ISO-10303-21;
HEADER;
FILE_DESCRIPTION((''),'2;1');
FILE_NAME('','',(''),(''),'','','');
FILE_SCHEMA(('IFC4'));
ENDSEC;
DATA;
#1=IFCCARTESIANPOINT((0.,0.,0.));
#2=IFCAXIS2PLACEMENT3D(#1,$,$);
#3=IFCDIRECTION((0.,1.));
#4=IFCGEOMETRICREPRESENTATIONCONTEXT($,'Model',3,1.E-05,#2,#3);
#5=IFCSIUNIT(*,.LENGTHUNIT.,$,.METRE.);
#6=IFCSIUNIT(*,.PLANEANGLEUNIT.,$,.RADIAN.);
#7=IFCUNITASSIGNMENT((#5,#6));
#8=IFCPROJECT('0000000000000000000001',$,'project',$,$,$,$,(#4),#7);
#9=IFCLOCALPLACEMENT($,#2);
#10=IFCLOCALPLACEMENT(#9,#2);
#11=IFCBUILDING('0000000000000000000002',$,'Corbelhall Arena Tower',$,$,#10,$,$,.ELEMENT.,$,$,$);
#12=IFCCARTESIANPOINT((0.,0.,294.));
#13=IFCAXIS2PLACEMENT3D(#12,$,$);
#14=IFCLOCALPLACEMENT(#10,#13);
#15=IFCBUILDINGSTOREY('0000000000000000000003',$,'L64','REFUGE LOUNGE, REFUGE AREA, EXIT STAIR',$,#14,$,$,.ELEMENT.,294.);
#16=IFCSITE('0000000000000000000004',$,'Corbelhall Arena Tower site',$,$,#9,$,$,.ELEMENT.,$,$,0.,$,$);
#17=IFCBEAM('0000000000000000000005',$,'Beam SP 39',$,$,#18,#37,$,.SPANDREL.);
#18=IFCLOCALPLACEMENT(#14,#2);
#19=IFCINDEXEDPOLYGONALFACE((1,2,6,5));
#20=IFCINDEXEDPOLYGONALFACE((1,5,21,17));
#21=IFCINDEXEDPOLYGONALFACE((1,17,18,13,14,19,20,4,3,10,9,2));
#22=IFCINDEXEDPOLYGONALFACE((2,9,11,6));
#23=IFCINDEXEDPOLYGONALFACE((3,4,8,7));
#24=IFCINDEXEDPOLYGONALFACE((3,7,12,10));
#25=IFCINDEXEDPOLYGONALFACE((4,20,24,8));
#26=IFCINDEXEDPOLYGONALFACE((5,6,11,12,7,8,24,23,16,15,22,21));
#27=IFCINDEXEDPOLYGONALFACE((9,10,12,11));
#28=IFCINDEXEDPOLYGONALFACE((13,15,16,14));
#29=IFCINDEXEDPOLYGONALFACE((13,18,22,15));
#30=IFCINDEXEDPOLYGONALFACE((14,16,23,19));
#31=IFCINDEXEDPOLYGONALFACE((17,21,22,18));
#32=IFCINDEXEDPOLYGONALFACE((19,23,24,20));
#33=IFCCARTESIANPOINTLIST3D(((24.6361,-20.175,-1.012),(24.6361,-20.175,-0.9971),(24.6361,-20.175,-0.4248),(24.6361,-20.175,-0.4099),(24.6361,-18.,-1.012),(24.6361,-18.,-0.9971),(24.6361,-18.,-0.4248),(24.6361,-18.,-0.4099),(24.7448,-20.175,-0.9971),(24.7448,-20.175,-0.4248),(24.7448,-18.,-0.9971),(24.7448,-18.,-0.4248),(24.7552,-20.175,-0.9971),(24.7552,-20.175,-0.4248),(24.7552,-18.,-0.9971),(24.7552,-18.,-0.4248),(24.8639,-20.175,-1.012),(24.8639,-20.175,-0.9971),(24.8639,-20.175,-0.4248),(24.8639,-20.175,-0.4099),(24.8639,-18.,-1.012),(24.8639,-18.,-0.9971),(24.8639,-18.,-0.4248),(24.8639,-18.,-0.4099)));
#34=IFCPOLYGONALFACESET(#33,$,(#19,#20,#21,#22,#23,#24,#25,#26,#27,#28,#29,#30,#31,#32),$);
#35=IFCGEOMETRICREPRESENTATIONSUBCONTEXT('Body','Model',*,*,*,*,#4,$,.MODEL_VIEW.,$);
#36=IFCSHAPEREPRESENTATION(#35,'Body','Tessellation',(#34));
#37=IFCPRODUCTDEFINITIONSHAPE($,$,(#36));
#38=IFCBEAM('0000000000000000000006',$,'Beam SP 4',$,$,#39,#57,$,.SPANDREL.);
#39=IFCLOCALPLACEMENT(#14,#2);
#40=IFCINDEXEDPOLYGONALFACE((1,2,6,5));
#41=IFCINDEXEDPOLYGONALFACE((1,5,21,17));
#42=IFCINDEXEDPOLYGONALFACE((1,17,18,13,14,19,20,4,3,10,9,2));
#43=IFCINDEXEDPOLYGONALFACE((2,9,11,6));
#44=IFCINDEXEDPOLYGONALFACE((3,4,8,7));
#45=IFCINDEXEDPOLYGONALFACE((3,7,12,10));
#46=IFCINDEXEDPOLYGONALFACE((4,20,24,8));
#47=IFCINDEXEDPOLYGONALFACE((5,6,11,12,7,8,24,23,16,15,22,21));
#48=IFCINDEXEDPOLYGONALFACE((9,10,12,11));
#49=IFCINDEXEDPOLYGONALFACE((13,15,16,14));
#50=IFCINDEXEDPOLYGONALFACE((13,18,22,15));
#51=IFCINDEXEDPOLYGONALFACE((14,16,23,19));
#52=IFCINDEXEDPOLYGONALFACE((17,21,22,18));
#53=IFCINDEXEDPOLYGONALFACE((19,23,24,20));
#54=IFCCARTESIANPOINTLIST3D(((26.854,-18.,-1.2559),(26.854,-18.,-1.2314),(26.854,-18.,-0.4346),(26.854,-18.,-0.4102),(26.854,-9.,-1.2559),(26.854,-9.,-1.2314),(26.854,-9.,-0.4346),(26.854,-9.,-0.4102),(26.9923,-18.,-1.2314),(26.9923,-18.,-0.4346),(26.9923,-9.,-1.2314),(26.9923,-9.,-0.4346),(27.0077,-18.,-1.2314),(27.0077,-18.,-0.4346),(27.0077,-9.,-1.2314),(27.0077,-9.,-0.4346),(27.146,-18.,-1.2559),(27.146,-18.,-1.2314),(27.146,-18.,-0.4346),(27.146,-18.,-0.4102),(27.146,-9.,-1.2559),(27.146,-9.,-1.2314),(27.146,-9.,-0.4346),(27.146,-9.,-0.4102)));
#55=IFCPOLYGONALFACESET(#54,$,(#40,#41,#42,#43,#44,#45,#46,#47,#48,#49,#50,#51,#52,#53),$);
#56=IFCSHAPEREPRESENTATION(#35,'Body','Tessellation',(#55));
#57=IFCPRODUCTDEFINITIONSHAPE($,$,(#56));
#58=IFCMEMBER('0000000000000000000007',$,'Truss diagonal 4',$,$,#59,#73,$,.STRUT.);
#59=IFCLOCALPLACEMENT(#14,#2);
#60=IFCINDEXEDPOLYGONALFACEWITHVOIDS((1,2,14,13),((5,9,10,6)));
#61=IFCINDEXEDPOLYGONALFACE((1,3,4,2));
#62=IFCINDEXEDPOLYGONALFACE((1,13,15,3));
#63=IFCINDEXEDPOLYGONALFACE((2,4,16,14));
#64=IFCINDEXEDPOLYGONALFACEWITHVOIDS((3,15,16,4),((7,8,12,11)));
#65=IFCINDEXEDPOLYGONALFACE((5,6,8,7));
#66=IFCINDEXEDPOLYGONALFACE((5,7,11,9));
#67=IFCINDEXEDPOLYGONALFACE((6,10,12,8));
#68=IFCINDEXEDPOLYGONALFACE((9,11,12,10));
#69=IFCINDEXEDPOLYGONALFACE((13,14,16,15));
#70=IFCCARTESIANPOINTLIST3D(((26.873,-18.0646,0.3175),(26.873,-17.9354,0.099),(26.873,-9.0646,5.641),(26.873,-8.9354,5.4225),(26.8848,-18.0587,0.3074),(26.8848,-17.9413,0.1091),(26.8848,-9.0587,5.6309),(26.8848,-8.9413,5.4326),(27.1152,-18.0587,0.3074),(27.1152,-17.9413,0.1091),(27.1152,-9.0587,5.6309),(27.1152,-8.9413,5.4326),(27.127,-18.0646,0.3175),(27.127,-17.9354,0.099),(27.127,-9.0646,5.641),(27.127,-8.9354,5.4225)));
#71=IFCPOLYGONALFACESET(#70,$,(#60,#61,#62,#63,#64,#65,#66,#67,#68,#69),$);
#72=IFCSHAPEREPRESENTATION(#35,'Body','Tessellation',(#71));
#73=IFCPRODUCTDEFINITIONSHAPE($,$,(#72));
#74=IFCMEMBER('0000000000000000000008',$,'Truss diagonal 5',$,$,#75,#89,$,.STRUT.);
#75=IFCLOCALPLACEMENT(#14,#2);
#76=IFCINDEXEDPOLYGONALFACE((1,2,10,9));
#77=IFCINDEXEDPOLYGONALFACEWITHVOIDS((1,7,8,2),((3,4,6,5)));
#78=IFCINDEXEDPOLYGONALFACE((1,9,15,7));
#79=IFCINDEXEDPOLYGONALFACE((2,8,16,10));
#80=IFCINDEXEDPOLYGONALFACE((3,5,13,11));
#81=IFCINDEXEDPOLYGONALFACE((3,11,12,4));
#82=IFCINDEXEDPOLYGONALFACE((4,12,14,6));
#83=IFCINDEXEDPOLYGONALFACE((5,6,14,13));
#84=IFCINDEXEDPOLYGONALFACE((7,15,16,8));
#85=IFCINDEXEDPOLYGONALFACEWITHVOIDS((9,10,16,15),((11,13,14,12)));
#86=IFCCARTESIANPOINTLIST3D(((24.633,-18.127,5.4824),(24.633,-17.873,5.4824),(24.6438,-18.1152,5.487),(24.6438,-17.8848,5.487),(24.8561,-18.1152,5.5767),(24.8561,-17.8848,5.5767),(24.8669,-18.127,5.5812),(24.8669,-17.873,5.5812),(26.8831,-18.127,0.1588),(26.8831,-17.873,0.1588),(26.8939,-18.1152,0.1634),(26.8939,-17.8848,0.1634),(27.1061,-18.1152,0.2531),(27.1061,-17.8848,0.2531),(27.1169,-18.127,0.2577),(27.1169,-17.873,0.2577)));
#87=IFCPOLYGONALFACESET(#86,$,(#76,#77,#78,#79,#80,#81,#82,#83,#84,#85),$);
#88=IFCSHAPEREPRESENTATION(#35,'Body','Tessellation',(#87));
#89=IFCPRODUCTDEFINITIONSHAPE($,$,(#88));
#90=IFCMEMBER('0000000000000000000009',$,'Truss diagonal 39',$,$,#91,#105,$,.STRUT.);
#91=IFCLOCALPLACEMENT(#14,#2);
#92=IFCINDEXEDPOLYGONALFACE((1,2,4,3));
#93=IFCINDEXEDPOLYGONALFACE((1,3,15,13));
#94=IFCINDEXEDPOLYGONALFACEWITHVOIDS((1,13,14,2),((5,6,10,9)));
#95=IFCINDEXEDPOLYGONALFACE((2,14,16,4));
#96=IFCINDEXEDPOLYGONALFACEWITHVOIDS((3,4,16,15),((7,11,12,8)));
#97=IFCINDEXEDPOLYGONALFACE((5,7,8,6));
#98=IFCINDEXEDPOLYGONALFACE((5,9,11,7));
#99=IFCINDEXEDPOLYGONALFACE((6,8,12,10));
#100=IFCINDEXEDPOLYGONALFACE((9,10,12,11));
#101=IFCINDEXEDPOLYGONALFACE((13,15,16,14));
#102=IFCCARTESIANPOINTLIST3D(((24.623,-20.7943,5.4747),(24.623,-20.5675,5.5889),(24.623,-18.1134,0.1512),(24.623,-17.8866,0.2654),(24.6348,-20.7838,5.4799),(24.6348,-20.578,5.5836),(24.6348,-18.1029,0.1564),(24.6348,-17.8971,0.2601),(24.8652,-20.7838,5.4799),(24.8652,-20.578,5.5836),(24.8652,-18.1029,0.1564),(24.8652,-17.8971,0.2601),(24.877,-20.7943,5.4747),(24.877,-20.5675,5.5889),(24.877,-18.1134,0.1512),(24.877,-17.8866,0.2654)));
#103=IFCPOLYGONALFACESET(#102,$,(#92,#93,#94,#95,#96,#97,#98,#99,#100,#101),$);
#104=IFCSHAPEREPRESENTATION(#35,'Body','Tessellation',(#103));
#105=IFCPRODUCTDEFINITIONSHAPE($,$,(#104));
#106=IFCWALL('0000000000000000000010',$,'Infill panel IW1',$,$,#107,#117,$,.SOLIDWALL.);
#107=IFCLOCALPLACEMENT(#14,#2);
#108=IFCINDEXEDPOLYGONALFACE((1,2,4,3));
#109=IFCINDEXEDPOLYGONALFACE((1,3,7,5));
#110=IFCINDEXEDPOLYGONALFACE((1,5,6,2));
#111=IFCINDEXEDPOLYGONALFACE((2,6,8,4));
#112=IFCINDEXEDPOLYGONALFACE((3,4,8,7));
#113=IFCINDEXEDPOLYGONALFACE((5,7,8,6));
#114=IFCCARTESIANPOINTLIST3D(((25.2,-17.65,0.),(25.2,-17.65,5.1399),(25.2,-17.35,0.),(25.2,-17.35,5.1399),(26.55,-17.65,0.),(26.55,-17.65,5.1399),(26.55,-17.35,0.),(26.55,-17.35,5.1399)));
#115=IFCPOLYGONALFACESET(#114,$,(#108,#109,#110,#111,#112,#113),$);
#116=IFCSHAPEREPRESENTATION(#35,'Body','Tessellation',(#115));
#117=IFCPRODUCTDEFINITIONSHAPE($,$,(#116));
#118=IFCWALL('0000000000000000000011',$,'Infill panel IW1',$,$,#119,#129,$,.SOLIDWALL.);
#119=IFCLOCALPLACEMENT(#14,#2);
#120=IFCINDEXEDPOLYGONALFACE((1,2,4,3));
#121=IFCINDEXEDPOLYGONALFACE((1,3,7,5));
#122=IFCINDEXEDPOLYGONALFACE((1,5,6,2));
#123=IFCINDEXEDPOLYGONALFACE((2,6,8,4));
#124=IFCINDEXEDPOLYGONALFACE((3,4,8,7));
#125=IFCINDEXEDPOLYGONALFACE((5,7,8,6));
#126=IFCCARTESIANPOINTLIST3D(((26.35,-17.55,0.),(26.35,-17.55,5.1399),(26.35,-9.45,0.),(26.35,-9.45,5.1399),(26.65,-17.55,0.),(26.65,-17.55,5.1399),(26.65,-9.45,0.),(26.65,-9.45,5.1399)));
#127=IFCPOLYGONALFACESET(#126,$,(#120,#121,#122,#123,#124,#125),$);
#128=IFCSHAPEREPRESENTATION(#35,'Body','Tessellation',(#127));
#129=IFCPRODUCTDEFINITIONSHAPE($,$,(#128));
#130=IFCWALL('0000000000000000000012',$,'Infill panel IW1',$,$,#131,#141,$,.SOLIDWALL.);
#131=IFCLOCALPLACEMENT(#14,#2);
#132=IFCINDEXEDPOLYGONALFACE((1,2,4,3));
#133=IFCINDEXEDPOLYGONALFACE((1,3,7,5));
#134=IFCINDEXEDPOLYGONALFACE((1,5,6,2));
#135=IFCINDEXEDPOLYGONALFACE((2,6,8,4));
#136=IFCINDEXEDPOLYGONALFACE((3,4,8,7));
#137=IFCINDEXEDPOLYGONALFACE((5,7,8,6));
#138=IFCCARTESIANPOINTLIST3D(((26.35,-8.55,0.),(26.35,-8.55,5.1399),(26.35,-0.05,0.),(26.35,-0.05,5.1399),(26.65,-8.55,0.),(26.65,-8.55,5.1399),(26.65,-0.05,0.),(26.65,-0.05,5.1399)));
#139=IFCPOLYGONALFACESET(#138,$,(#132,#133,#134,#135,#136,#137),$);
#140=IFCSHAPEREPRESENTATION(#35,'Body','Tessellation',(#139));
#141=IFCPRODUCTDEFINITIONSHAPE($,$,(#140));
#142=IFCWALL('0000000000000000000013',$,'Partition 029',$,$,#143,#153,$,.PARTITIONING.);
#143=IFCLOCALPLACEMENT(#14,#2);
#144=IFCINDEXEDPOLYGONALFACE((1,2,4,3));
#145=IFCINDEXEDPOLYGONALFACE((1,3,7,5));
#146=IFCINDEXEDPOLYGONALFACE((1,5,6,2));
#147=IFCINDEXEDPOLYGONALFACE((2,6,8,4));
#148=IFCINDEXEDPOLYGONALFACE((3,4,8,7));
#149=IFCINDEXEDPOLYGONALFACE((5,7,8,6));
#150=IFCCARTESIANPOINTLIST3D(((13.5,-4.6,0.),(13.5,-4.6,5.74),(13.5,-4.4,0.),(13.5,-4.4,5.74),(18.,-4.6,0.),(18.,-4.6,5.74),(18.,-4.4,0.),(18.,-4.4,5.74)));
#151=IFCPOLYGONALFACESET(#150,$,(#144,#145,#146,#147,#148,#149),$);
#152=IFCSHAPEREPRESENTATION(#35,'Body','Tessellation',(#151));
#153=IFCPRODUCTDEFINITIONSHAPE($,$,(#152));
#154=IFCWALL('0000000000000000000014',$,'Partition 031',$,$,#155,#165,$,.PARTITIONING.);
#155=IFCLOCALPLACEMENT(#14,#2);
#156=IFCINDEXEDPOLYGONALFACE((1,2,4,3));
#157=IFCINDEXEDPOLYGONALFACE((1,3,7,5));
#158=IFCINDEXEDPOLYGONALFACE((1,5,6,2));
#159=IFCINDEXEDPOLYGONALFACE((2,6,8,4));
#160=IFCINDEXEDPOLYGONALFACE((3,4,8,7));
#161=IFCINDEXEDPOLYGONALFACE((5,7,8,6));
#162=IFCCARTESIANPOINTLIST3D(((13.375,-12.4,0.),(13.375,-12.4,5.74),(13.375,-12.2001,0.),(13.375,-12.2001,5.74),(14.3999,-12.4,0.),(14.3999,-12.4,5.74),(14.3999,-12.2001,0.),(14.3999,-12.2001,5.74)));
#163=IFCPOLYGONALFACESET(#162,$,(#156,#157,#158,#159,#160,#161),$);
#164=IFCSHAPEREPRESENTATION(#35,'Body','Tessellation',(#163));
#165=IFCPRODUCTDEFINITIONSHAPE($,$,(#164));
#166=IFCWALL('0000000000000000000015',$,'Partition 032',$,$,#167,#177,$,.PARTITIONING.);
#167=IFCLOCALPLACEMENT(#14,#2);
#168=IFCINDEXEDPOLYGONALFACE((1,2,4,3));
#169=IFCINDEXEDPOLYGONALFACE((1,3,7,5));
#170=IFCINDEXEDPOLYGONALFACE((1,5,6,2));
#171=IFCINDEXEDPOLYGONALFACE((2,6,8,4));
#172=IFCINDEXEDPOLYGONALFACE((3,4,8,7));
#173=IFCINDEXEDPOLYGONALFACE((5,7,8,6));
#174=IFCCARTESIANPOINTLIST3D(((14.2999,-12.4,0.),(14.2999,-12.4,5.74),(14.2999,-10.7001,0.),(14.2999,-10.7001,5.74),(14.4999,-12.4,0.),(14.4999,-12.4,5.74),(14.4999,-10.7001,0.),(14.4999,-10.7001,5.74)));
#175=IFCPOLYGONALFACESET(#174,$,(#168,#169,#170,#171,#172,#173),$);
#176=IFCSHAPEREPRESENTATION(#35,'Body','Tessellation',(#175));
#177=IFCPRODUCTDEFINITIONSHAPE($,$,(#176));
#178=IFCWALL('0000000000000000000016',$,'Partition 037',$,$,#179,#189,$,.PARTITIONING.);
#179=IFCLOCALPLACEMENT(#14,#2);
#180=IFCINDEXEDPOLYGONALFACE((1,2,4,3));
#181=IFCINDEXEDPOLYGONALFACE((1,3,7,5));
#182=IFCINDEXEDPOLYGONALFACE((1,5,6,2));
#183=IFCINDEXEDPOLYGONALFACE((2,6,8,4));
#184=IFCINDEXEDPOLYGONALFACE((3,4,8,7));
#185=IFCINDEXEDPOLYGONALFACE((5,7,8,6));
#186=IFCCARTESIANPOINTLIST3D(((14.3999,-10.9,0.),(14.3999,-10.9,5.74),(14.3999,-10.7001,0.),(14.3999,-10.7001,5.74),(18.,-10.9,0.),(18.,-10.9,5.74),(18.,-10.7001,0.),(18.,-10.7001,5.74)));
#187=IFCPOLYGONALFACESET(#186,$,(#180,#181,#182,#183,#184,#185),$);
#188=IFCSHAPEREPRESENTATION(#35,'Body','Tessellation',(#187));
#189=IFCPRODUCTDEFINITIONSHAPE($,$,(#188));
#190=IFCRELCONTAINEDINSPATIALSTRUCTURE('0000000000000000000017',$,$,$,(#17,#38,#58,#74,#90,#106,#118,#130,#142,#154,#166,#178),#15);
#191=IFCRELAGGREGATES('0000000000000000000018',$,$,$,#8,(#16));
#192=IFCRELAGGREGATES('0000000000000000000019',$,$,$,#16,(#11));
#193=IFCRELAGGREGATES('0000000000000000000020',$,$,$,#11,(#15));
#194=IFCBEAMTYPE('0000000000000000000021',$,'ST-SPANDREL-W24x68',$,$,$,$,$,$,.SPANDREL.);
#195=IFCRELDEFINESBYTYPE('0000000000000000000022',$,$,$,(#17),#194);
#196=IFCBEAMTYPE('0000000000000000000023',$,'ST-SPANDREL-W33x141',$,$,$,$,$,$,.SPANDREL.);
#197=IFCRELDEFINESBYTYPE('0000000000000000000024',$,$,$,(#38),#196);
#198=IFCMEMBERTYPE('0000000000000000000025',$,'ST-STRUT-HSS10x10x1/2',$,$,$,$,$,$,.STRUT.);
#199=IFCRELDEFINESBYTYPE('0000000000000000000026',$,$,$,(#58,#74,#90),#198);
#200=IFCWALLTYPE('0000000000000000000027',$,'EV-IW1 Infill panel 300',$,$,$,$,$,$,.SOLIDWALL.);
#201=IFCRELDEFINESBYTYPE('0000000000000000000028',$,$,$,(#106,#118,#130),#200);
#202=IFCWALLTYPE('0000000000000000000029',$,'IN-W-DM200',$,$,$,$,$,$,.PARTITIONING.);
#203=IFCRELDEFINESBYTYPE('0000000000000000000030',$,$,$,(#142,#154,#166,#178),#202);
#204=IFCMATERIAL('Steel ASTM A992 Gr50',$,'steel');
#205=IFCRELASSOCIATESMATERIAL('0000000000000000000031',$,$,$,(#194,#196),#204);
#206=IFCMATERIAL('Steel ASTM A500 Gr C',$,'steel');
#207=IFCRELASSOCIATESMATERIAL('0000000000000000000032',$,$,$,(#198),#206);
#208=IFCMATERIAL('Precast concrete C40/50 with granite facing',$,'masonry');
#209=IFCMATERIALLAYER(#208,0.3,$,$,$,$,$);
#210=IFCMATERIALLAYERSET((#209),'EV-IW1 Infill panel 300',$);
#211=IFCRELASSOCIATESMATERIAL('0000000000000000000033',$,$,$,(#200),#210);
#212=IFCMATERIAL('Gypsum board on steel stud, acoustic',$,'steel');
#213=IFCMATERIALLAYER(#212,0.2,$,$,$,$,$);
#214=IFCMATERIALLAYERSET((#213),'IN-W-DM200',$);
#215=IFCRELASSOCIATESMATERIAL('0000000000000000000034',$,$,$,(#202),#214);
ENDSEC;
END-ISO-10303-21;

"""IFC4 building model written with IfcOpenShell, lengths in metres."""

from ifc_helpers import new_model, si_unit, direction, frame, frame_2d, origin, origin_2d, place, context, subcontext, project, spatial, rectangle, hollow_rectangle, i_section, extrude, material, layer, layer_set, material_profile, profile_set, type_object, element, save


model = new_model("IFC4")

# Units and contexts
model_context = context("Model", 3, precision=1e-05, world=origin(), true_north=direction((0.0, 1.0)))
body_context = subcontext(model_context, "Body", "Model", "MODEL_VIEW")
ifc_project = project(units=[si_unit("LENGTHUNIT", "METRE"), si_unit("PLANEANGLEUNIT", "RADIAN")], contexts=[model_context])

# Site, building, storey
site_placement = place(None, origin())
site = spatial("IfcSite", under=ifc_project, at=site_placement, Name="Corbelhall Arena Tower site", CompositionType="ELEMENT", RefElevation=0.0)
building_placement = place(site_placement, origin())
building = spatial("IfcBuilding", under=site, at=building_placement, Name="Corbelhall Arena Tower", CompositionType="ELEMENT")
storey_placement = place(building_placement, frame((0.0, 0.0, 294.0)))
storey = spatial("IfcBuildingStorey", under=building, at=storey_placement, Name="L64", Description="REFUGE LOUNGE, REFUGE AREA, EXIT STAIR", CompositionType="ELEMENT", Elevation=294.0)

# Shared definitions
ifc_material_1 = material(Name="Steel ASTM A992 Gr50", Category="steel")

# Beams
ifc_material_profile_1 = material_profile(ifc_material_1, i_section(OverallWidth=0.2278, OverallDepth=0.6021, WebThickness=0.0105, FlangeThickness=0.0149, at=origin_2d()))
ifc_profile_set_1 = profile_set([ifc_material_profile_1], Name="Steel ASTM A992 Gr50")
beam_type_1 = type_object("IfcBeamType", Name="ST-SPANDREL-W24x68", PredefinedType="SPANDREL", material=ifc_profile_set_1)
beam_1_placement = place(storey_placement, frame((24.75, -18.0, -0.7109), z_axis=(0.0, -1.0, 0.0), x_axis=(1.0, 0.0, 0.0)))
element("IfcBeam", 1, at=beam_1_placement, inside=storey, type_object=beam_type_1, Name="Beam SP 39", PredefinedType="SPANDREL", context=body_context, shape_type="SweptSolid", body=[
    extrude(i_section(OverallWidth=0.2278, OverallDepth=0.6021, WebThickness=0.0105, FlangeThickness=0.0149, at=origin_2d()), origin(), (0.0, 0.0, 1.0), 2.175),
])
ifc_material_profile_2 = material_profile(ifc_material_1, i_section(OverallWidth=0.292, OverallDepth=0.8457, WebThickness=0.0154, FlangeThickness=0.0244, at=origin_2d()))
ifc_profile_set_2 = profile_set([ifc_material_profile_2], Name="Steel ASTM A992 Gr50")
beam_type_2 = type_object("IfcBeamType", Name="ST-SPANDREL-W33x141", PredefinedType="SPANDREL", material=ifc_profile_set_2)
beam_2_placement = place(storey_placement, frame((27.0, -9.0, -0.833), z_axis=(0.0, -1.0, 0.0), x_axis=(1.0, 0.0, 0.0)))
element("IfcBeam", 2, at=beam_2_placement, inside=storey, type_object=beam_type_2, Name="Beam SP 4", PredefinedType="SPANDREL", context=body_context, shape_type="SweptSolid", body=[
    extrude(i_section(OverallWidth=0.292, OverallDepth=0.8457, WebThickness=0.0154, FlangeThickness=0.0244, at=origin_2d()), origin(), (0.0, 0.0, 1.0), 9.0),
])

# Members
ifc_material_2 = material(Name="Steel ASTM A500 Gr C", Category="steel")
ifc_material_profile_3 = material_profile(ifc_material_2, hollow_rectangle(XDim=0.2539, YDim=0.2539, WallThickness=0.0117, at=origin_2d()))
ifc_profile_set_3 = profile_set([ifc_material_profile_3], Name="Steel ASTM A500 Gr C")
member_type_1 = type_object("IfcMemberType", Name="ST-STRUT-HSS10x10x1/2", PredefinedType="STRUT", material=ifc_profile_set_3)
member_1_placement = place(storey_placement, frame((27.0, -18.0, 0.2083), z_axis=(0.0, 0.860704, 0.509105), x_axis=(-1.0, 0.0, 0.0)))
element("IfcMember", 3, at=member_1_placement, inside=storey, type_object=member_type_1, Name="Truss diagonal 4", PredefinedType="STRUT", context=body_context, shape_type="SweptSolid", body=[
    extrude(hollow_rectangle(XDim=0.2539, YDim=0.2539, WallThickness=0.0117, at=origin_2d()), origin(), (0.0, 0.0, 1.0), 10.4565),
])
member_2_placement = place(storey_placement, frame((27.0, -18.0, 0.2083), z_axis=(-0.389311, 0.0, 0.921107), x_axis=(0.0, -1.0, 0.0)))
element("IfcMember", 4, at=member_2_placement, inside=storey, type_object=member_type_1, Name="Truss diagonal 5", PredefinedType="STRUT", context=body_context, shape_type="SweptSolid", body=[
    extrude(hollow_rectangle(XDim=0.2539, YDim=0.2539, WallThickness=0.0117, at=origin_2d()), origin(), (0.0, 0.0, 1.0), 5.7795),
])
member_3_placement = place(storey_placement, frame((24.75, -18.0, 0.2083), z_axis=(0.0, -0.449784, 0.893137), x_axis=(1.0, 0.0, 0.0)))
element("IfcMember", 5, at=member_3_placement, inside=storey, type_object=member_type_1, Name="Truss diagonal 39", PredefinedType="STRUT", context=body_context, shape_type="SweptSolid", body=[
    extrude(hollow_rectangle(XDim=0.2539, YDim=0.2539, WallThickness=0.0117, at=origin_2d()), origin(), (0.0, 0.0, 1.0), 5.9604),
])

# Walls
ifc_material_3 = material(Name="Precast concrete C40/50 with granite facing", Category="masonry")
ifc_layer_1 = layer(ifc_material_3, 0.3)
ifc_layer_set_1 = layer_set([ifc_layer_1], Name="EV-IW1 Infill panel 300")
wall_type_1 = type_object("IfcWallType", Name="EV-IW1 Infill panel 300", PredefinedType="SOLIDWALL", material=ifc_layer_set_1)
wall_1_placement = place(storey_placement, frame((25.2, -17.5, 0.0), z_axis=(0.0, 0.0, 1.0), x_axis=(1.0, 0.0, 0.0)))
element("IfcWall", 6, at=wall_1_placement, inside=storey, type_object=wall_type_1, Name="Infill panel IW1", PredefinedType="SOLIDWALL", context=body_context, shape_type="SweptSolid", body=[
    extrude(rectangle(XDim=1.3501, YDim=0.3, at=frame_2d((0.675, 0.0))), origin(), (0.0, 0.0, 1.0), 5.1399),
])
wall_2_placement = place(storey_placement, frame((26.5, -17.55, 0.0), z_axis=(0.0, 0.0, 1.0), x_axis=(0.0, 1.0, 0.0)))
element("IfcWall", 7, at=wall_2_placement, inside=storey, type_object=wall_type_1, Name="Infill panel IW1", PredefinedType="SOLIDWALL", context=body_context, shape_type="SweptSolid", body=[
    extrude(rectangle(XDim=8.1001, YDim=0.3, at=frame_2d((4.05, 0.0))), origin(), (0.0, 0.0, 1.0), 5.1399),
])
wall_3_placement = place(storey_placement, frame((26.5, -8.55, 0.0), z_axis=(0.0, 0.0, 1.0), x_axis=(0.0, 1.0, 0.0)))
element("IfcWall", 8, at=wall_3_placement, inside=storey, type_object=wall_type_1, Name="Infill panel IW1", PredefinedType="SOLIDWALL", context=body_context, shape_type="SweptSolid", body=[
    extrude(rectangle(XDim=8.5, YDim=0.3, at=frame_2d((4.25, 0.0))), origin(), (0.0, 0.0, 1.0), 5.1399),
])
ifc_material_4 = material(Name="Gypsum board on steel stud, acoustic", Category="steel")
ifc_layer_2 = layer(ifc_material_4, 0.2)
ifc_layer_set_2 = layer_set([ifc_layer_2], Name="IN-W-DM200")
wall_type_2 = type_object("IfcWallType", Name="IN-W-DM200", PredefinedType="PARTITIONING", material=ifc_layer_set_2)
wall_4_placement = place(storey_placement, frame((13.5, -4.5, 0.0), z_axis=(0.0, 0.0, 1.0), x_axis=(1.0, 0.0, 0.0)))
element("IfcWall", 9, at=wall_4_placement, inside=storey, type_object=wall_type_2, Name="Partition 029", PredefinedType="PARTITIONING", context=body_context, shape_type="SweptSolid", body=[
    extrude(rectangle(XDim=4.5, YDim=0.2, at=frame_2d((2.25, 0.0))), origin(), (0.0, 0.0, 1.0), 5.74),
])
wall_5_placement = place(storey_placement, frame((14.3999, -12.3, 0.0), z_axis=(0.0, 0.0, 1.0), x_axis=(-1.0, 0.0, 0.0)))
element("IfcWall", 10, at=wall_5_placement, inside=storey, type_object=wall_type_2, Name="Partition 031", PredefinedType="PARTITIONING", context=body_context, shape_type="SweptSolid", body=[
    extrude(rectangle(XDim=1.0249, YDim=0.2, at=frame_2d((0.5125, 0.0))), origin(), (0.0, 0.0, 1.0), 5.74),
])
wall_6_placement = place(storey_placement, frame((14.3999, -10.7, 0.0), z_axis=(0.0, 0.0, 1.0), x_axis=(0.0, -1.0, 0.0)))
element("IfcWall", 11, at=wall_6_placement, inside=storey, type_object=wall_type_2, Name="Partition 032", PredefinedType="PARTITIONING", context=body_context, shape_type="SweptSolid", body=[
    extrude(rectangle(XDim=1.7, YDim=0.2, at=frame_2d((0.8501, 0.0))), origin(), (0.0, 0.0, 1.0), 5.74),
])
wall_7_placement = place(storey_placement, frame((18.0, -10.8, 0.0), z_axis=(0.0, 0.0, 1.0), x_axis=(-1.0, 0.0, 0.0)))
element("IfcWall", 12, at=wall_7_placement, inside=storey, type_object=wall_type_2, Name="Partition 037", PredefinedType="PARTITIONING", context=body_context, shape_type="SweptSolid", body=[
    extrude(rectangle(XDim=3.6001, YDim=0.2, at=frame_2d((1.8, 0.0))), origin(), (0.0, 0.0, 1.0), 5.74),
])

save(model, "model.ifc")
